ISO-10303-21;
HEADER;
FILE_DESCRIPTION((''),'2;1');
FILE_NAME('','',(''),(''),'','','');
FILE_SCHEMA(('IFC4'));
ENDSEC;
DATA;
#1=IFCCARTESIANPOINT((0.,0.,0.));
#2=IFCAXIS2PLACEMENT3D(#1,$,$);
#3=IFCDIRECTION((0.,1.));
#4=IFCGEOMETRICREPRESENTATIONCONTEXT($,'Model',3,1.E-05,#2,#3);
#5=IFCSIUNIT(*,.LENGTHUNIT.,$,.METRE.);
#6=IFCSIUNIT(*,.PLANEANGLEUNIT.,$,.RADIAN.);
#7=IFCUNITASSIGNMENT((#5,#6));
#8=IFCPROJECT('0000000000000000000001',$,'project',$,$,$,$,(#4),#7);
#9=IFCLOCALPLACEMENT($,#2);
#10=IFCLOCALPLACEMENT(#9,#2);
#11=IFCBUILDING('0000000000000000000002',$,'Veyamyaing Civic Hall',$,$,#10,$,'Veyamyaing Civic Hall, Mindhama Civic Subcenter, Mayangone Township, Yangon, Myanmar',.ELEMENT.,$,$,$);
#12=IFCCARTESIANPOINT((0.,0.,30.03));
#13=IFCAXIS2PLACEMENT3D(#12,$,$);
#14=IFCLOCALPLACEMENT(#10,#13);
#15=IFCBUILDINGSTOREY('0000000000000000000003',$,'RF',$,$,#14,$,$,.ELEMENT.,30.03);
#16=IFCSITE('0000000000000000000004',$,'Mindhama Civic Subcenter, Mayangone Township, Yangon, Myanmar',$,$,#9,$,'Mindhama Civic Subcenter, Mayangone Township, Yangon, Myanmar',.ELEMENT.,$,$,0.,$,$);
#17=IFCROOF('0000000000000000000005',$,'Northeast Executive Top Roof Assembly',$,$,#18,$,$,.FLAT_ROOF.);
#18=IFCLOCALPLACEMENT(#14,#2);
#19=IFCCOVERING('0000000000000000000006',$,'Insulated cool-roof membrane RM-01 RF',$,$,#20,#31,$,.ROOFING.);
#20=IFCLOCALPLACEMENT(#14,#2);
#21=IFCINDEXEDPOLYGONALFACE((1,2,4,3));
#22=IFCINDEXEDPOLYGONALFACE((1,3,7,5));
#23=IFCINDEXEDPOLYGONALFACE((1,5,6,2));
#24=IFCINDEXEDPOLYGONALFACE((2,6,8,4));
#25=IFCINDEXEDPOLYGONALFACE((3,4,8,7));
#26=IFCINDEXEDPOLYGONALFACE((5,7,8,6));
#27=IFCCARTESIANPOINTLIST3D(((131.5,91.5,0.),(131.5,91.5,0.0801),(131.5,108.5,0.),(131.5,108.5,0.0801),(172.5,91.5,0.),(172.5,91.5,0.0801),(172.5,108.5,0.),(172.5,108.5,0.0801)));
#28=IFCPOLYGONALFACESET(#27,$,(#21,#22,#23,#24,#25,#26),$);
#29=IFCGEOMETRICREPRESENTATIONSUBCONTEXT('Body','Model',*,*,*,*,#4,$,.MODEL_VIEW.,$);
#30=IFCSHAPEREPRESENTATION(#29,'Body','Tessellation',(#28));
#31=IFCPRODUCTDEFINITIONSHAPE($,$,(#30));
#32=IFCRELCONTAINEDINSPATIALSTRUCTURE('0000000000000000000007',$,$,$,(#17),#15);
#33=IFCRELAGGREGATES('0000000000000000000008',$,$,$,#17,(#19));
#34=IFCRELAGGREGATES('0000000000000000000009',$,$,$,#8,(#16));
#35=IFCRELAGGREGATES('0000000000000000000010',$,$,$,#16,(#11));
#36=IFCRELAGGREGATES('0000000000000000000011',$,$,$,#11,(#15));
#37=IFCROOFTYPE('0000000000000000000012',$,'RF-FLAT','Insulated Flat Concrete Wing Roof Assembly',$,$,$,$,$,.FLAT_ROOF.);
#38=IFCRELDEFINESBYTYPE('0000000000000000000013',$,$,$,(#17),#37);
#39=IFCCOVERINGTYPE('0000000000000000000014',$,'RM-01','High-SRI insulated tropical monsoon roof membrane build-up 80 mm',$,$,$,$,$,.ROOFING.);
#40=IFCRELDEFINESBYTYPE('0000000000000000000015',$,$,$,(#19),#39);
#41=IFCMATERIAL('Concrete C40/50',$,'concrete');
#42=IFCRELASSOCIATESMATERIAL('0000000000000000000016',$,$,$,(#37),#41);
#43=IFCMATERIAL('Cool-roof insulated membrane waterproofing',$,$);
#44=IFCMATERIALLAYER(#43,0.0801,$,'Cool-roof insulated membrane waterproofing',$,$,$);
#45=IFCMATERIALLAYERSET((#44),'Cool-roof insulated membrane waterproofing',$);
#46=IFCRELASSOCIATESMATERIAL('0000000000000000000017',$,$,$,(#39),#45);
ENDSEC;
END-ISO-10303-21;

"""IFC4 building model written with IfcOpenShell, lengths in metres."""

from ifc_helpers import new_model, si_unit, direction, frame, origin, place, context, subcontext, project, spatial, polyline, outline, extrude, material, layer, layer_set, type_object, element, aggregate, save


model = new_model("IFC4")

# Units and contexts
model_context = context("Model", 3, precision=1e-05, world=origin(), true_north=direction((0.0, 1.0)))
body_context = subcontext(model_context, "Body", "Model", "MODEL_VIEW")
ifc_project = project(units=[si_unit("LENGTHUNIT", "METRE"), si_unit("PLANEANGLEUNIT", "RADIAN")], contexts=[model_context])

# Site, building, storey
site_placement = place(None, origin())
site = spatial("IfcSite", under=ifc_project, at=site_placement, Name="Mindhama Civic Subcenter, Mayangone Township, Yangon, Myanmar", LongName="Mindhama Civic Subcenter, Mayangone Township, Yangon, Myanmar", CompositionType="ELEMENT", RefElevation=0.0)
building_placement = place(site_placement, origin())
building = spatial("IfcBuilding", under=site, at=building_placement, Name="Veyamyaing Civic Hall", LongName="Veyamyaing Civic Hall, Mindhama Civic Subcenter, Mayangone Township, Yangon, Myanmar", CompositionType="ELEMENT")
storey_placement = place(building_placement, frame((0.0, 0.0, 30.03)))
storey = spatial("IfcBuildingStorey", under=building, at=storey_placement, Name="RF", CompositionType="ELEMENT", Elevation=30.03)

# Shared definitions
ifc_material_1 = material(Name="Concrete C40/50", Category="concrete")

# Roof, covering
roof_type = type_object("IfcRoofType", Name="RF-FLAT", Description="Insulated Flat Concrete Wing Roof Assembly", PredefinedType="FLAT_ROOF", material=ifc_material_1)
ifc_material_2 = material(Name="Cool-roof insulated membrane waterproofing")
ifc_layer_1 = layer(ifc_material_2, 0.0801, Name="Cool-roof insulated membrane waterproofing")
ifc_layer_set_1 = layer_set([ifc_layer_1], Name="Cool-roof insulated membrane waterproofing")
covering_type = type_object("IfcCoveringType", Name="RM-01", Description="High-SRI insulated tropical monsoon roof membrane build-up 80 mm", PredefinedType="ROOFING", material=ifc_layer_set_1)
roof_1_placement = place(storey_placement, origin())
roof_1 = element("IfcRoof", 1, at=roof_1_placement, inside=storey, type_object=roof_type, Name="Northeast Executive Top Roof Assembly", PredefinedType="FLAT_ROOF")
covering_1_placement = place(storey_placement, origin())
covering_1 = element("IfcCovering", 2, at=covering_1_placement, type_object=covering_type, Name="Insulated cool-roof membrane RM-01 RF", PredefinedType="ROOFING", context=body_context, shape_type="SweptSolid", body=[
    extrude(outline(polyline([(131.5, 91.5), (172.5, 91.5), (172.5, 108.5), (131.5, 108.5), (131.5, 91.5)])), origin(), (0.0, 0.0, 1.0), 0.0801),
])
aggregate(roof_1, [covering_1])

save(model, "model.ifc")
